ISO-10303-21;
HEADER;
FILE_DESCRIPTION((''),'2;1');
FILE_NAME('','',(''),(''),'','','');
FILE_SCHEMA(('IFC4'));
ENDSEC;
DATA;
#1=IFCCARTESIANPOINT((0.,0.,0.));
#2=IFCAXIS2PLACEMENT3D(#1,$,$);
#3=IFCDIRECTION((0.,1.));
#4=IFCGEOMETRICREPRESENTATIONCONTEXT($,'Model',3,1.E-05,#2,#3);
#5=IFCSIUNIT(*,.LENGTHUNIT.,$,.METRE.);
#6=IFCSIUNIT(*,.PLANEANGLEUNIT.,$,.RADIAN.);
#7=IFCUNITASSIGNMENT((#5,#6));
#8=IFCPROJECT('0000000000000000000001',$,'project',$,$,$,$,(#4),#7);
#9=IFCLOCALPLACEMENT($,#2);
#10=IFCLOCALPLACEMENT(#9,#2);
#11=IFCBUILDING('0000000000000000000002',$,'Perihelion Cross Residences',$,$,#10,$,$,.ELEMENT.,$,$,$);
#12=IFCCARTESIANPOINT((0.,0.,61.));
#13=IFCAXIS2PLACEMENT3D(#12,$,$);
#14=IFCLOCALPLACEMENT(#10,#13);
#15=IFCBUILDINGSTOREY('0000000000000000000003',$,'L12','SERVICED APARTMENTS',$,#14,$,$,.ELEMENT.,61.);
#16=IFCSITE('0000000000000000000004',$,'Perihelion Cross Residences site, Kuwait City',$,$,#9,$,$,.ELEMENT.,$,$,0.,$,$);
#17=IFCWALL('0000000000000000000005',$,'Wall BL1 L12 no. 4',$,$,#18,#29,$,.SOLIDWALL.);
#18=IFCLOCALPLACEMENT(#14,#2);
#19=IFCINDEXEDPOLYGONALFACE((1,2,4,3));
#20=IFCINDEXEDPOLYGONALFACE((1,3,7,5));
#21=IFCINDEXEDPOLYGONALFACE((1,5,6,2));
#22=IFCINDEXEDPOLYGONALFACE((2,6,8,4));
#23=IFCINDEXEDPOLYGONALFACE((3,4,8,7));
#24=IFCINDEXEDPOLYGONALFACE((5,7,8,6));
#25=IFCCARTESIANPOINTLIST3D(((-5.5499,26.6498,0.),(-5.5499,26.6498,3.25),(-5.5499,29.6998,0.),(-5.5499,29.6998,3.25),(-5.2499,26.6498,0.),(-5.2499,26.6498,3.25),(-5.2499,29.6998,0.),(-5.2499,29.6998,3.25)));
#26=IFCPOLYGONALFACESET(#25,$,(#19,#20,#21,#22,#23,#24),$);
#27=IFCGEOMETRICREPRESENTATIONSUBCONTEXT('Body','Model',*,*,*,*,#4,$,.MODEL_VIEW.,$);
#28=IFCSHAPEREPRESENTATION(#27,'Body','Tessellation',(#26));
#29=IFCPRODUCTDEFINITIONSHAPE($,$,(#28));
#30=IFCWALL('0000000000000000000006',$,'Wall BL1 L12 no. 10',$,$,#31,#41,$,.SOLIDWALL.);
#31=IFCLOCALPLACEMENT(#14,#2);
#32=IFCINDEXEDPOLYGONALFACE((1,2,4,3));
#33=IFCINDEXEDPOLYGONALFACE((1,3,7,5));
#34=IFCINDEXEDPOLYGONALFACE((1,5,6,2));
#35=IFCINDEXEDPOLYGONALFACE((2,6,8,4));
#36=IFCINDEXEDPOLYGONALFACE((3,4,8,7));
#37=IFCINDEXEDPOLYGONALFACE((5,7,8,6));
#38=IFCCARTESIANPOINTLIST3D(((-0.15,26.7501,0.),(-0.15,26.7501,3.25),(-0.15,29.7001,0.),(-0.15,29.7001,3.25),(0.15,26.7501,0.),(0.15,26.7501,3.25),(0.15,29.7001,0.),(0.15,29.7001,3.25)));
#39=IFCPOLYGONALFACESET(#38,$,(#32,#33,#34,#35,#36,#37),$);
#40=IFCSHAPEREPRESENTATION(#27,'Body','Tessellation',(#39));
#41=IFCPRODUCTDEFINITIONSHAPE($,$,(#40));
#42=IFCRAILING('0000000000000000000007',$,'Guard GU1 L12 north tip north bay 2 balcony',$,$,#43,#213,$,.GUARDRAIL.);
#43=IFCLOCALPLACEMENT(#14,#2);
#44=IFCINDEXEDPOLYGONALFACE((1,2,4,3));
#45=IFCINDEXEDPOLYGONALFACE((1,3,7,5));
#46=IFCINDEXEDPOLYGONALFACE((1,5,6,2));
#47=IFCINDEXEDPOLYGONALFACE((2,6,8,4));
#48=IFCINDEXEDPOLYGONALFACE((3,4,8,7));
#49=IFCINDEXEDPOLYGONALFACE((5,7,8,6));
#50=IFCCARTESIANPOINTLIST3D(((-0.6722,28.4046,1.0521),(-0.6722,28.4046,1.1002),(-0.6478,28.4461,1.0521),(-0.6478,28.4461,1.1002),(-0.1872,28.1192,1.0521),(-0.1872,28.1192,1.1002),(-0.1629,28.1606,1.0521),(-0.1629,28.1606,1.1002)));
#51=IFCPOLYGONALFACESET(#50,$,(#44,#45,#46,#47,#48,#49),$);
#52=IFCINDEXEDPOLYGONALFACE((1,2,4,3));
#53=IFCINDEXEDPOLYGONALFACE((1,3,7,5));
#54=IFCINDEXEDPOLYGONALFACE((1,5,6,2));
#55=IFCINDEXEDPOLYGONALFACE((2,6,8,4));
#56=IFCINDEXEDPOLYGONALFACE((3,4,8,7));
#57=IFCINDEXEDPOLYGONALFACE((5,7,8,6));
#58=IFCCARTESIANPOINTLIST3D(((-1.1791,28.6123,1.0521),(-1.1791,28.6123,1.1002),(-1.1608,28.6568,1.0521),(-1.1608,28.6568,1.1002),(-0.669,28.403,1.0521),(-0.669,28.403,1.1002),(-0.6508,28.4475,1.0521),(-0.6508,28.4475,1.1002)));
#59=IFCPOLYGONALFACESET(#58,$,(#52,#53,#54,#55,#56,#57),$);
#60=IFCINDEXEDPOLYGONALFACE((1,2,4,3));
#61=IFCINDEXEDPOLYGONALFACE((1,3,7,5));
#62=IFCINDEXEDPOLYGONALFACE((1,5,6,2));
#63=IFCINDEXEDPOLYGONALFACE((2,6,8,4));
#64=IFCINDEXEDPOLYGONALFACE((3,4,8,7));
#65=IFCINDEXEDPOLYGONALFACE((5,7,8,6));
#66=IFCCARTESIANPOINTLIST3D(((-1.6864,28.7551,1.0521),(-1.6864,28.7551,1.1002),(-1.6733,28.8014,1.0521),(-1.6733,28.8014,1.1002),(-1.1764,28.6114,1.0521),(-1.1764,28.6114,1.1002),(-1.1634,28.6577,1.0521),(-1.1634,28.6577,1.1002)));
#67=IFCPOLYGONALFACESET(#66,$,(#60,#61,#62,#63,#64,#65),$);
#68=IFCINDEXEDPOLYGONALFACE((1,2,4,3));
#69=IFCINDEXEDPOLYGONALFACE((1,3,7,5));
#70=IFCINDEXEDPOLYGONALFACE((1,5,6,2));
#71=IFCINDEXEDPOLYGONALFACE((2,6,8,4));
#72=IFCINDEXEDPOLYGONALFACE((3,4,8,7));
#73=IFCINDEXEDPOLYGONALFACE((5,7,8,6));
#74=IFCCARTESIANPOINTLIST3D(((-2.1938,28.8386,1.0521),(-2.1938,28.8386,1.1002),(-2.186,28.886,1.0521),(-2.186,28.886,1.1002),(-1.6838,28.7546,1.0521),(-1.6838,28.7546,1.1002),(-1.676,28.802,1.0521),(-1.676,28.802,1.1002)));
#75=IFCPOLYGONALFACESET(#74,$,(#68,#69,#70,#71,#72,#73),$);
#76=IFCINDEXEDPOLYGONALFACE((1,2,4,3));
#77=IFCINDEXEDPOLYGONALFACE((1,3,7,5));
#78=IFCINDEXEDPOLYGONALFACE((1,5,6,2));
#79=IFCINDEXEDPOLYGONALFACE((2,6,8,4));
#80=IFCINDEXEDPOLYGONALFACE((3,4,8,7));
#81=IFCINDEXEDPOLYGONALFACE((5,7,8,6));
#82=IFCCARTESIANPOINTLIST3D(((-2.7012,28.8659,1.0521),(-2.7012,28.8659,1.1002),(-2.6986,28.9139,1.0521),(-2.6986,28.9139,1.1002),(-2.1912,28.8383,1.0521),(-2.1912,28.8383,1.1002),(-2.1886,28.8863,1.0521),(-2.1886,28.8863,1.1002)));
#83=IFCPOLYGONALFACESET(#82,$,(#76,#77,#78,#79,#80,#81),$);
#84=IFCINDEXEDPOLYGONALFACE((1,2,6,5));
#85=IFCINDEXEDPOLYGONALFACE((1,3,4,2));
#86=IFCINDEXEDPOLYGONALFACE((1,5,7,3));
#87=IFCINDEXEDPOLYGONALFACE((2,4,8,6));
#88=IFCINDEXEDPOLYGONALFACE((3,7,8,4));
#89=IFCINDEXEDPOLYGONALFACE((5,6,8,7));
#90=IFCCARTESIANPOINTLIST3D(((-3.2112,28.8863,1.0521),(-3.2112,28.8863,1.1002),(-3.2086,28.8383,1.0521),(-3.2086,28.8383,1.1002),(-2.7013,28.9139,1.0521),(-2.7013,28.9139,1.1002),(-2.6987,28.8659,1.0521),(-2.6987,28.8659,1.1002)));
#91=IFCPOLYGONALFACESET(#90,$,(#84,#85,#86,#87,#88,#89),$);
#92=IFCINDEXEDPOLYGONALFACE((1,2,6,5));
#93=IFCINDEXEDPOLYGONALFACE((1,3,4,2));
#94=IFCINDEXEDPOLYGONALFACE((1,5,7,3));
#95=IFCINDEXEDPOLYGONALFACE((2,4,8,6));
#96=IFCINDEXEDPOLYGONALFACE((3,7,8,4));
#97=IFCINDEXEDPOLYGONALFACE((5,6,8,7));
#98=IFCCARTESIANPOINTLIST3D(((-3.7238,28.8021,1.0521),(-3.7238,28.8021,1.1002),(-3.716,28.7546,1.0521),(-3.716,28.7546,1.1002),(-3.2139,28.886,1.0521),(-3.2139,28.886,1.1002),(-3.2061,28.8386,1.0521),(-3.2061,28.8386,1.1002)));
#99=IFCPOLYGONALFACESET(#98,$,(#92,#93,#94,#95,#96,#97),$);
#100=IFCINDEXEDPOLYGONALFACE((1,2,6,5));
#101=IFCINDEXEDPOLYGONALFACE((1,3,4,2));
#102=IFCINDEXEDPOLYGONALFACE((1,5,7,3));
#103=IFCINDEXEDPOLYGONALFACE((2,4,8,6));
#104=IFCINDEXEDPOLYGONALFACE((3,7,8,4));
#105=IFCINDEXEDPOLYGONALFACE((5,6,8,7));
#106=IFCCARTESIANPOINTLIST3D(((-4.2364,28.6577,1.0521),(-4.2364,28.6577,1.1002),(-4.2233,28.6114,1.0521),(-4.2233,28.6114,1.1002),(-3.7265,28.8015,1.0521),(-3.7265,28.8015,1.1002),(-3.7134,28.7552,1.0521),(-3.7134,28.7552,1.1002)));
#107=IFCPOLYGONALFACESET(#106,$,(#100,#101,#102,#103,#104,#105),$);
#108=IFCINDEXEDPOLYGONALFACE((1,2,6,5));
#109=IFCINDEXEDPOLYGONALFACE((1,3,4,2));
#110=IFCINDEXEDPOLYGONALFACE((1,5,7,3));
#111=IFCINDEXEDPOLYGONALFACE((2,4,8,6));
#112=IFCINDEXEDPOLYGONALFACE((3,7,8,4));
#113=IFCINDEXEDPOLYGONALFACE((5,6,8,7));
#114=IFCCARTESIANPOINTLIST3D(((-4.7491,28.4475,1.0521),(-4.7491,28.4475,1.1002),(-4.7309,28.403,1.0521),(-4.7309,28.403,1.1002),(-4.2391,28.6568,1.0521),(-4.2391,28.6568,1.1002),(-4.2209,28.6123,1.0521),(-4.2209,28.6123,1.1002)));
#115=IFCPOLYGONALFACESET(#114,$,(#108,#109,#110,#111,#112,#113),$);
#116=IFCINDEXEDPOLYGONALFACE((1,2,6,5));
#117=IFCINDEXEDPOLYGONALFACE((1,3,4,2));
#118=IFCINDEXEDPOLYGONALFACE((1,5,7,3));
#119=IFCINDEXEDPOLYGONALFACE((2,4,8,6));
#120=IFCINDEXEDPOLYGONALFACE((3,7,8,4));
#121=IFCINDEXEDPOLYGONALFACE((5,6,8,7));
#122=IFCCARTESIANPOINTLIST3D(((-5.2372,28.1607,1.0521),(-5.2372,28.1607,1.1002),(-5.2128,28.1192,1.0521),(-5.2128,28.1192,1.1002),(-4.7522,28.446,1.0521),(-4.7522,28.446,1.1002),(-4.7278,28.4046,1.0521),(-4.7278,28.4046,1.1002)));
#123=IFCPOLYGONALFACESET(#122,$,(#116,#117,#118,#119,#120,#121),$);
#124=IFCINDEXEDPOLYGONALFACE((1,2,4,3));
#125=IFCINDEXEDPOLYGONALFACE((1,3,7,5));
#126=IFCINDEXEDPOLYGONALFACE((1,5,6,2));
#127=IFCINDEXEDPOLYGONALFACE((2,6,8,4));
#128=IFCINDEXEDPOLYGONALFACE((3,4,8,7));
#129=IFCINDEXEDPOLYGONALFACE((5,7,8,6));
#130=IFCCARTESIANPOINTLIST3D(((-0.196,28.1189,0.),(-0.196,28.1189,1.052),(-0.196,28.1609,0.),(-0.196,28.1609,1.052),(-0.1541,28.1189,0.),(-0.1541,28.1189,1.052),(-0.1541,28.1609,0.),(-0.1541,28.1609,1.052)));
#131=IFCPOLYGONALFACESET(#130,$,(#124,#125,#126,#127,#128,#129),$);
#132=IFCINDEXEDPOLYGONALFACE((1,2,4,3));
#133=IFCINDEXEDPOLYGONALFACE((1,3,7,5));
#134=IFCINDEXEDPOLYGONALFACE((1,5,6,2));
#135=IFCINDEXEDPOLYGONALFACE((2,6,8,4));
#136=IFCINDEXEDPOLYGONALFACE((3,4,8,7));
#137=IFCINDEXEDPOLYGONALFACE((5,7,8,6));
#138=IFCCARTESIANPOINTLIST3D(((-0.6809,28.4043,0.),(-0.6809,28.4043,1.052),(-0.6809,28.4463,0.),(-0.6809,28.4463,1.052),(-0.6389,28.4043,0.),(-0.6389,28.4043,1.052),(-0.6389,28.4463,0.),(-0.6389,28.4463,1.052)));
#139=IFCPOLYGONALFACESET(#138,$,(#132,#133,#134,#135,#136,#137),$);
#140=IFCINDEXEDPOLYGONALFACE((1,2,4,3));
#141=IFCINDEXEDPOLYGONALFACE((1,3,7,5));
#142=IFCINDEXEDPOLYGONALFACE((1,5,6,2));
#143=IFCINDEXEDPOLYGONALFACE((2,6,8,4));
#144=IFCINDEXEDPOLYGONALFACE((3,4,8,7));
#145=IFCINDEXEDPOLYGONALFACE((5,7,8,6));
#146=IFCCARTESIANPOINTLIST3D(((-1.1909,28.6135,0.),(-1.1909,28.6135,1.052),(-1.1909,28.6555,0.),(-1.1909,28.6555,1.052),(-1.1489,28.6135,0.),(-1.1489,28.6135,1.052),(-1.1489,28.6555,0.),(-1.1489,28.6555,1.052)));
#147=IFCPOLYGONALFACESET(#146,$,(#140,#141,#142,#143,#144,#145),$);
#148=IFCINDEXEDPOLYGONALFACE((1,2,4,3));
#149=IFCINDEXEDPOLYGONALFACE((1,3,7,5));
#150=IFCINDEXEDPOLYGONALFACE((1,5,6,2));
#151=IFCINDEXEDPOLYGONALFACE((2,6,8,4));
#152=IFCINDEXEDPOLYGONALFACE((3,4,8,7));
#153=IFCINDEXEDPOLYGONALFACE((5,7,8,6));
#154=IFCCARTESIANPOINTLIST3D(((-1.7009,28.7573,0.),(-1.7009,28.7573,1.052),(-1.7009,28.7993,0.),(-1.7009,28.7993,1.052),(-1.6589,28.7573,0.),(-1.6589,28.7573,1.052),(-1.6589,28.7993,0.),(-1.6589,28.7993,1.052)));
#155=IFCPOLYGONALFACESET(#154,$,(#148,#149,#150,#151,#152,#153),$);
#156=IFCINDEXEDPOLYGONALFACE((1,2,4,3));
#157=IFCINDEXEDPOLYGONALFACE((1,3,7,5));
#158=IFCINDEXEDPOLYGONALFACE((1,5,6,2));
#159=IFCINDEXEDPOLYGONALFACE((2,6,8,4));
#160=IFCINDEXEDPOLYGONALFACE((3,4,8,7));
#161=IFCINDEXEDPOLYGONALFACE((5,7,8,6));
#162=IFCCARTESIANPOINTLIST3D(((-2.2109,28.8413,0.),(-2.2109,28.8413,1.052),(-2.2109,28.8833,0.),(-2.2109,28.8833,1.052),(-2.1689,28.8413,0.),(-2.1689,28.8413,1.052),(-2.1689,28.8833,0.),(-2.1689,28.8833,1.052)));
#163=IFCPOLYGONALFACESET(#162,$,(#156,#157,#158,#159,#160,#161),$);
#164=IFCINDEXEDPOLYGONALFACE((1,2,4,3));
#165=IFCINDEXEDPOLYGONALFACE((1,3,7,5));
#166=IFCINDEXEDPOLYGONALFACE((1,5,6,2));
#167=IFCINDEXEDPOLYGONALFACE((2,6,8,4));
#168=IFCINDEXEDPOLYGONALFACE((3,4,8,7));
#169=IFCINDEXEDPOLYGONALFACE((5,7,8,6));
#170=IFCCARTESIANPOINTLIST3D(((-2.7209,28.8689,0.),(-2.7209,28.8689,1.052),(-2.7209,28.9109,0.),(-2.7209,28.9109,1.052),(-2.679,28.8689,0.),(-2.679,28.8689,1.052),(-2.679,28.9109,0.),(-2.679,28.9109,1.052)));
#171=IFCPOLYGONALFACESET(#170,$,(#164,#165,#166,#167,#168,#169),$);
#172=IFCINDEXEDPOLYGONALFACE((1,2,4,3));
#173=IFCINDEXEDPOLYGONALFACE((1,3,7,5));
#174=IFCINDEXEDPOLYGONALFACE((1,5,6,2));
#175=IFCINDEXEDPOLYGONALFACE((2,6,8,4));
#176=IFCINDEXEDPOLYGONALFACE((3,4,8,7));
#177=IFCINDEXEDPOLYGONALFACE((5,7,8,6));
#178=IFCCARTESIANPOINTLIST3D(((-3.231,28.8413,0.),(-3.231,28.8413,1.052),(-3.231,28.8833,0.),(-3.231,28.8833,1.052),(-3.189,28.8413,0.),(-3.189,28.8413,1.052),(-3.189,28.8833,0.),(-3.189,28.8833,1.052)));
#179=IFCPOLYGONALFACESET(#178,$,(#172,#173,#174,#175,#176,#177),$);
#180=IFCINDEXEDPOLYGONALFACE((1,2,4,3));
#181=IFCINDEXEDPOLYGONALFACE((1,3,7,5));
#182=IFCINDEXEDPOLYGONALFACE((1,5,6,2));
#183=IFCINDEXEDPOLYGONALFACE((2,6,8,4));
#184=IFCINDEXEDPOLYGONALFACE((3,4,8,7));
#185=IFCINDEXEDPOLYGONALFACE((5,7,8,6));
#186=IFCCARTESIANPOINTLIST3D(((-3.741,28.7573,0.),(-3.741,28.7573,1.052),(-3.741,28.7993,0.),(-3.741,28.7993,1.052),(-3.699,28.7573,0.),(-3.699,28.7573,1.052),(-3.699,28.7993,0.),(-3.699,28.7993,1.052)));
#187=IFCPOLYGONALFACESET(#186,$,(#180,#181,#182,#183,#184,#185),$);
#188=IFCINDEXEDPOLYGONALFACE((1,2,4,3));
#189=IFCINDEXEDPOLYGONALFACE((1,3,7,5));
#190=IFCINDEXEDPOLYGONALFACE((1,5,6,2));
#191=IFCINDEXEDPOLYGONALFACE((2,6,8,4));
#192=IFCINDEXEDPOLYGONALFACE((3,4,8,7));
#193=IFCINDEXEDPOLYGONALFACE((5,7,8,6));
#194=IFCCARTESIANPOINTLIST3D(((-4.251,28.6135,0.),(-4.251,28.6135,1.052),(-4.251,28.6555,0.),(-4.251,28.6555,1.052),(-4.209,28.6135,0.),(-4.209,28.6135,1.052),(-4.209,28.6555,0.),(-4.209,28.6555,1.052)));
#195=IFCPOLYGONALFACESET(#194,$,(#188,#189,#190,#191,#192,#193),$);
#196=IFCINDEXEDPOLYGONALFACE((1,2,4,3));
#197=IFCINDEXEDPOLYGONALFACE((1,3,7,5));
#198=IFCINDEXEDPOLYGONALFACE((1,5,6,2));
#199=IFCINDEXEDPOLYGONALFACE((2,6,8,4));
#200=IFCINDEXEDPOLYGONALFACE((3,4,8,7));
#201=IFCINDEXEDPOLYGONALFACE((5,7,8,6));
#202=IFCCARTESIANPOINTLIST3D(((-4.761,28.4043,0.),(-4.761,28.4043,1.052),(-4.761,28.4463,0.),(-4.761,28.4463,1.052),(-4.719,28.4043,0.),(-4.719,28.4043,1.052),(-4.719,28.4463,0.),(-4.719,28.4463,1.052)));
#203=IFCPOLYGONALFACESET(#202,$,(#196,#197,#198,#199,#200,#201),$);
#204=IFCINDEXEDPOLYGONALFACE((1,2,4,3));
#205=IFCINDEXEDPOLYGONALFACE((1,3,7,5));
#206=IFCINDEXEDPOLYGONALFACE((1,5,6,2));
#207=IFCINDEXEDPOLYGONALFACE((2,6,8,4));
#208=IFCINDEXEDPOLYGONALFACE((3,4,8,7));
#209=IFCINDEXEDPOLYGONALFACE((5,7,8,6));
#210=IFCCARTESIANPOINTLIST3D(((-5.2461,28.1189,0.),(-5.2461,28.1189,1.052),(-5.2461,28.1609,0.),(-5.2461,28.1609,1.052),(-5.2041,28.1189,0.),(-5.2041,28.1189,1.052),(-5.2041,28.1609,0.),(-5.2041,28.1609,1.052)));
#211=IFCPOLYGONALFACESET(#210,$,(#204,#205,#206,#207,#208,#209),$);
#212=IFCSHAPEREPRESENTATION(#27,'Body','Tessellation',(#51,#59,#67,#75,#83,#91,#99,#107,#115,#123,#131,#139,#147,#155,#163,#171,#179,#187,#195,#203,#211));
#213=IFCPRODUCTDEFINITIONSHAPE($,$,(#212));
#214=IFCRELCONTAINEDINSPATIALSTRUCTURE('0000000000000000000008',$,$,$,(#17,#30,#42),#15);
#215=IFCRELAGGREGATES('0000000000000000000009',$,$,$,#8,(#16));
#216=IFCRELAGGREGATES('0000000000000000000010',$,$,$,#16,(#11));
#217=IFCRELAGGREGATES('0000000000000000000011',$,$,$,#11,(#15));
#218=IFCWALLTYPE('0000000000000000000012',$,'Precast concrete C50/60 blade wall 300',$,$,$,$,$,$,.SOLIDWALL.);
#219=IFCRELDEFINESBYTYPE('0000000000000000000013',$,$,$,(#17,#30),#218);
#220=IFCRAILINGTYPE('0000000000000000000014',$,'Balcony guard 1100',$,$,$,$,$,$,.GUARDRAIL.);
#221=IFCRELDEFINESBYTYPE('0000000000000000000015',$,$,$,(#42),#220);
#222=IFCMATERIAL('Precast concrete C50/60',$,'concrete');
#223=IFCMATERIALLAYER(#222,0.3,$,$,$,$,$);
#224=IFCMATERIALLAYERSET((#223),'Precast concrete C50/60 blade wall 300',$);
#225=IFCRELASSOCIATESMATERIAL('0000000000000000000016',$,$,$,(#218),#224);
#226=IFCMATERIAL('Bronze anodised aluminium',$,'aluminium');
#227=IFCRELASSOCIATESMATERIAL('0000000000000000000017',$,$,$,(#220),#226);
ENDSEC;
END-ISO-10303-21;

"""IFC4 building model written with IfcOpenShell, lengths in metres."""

from ifc_helpers import new_model, si_unit, direction, frame, frame_2d, origin, origin_2d, place, context, subcontext, project, spatial, rectangle, extrude, material, layer, layer_set, type_object, element, save


model = new_model("IFC4")

# Units and contexts
model_context = context("Model", 3, precision=1e-05, world=origin(), true_north=direction((0.0, 1.0)))
body_context = subcontext(model_context, "Body", "Model", "MODEL_VIEW")
ifc_project = project(units=[si_unit("LENGTHUNIT", "METRE"), si_unit("PLANEANGLEUNIT", "RADIAN")], contexts=[model_context])

# Site, building, storey
site_placement = place(None, origin())
site = spatial("IfcSite", under=ifc_project, at=site_placement, Name="Perihelion Cross Residences site, Kuwait City", CompositionType="ELEMENT", RefElevation=0.0)
building_placement = place(site_placement, origin())
building = spatial("IfcBuilding", under=site, at=building_placement, Name="Perihelion Cross Residences", CompositionType="ELEMENT")
storey_placement = place(building_placement, frame((0.0, 0.0, 61.0)))
storey = spatial("IfcBuildingStorey", under=building, at=storey_placement, Name="L12", Description="SERVICED APARTMENTS", CompositionType="ELEMENT", Elevation=61.0)

# Walls
ifc_material_1 = material(Name="Precast concrete C50/60", Category="concrete")
ifc_layer_1 = layer(ifc_material_1, 0.3)
ifc_layer_set_1 = layer_set([ifc_layer_1], Name="Precast concrete C50/60 blade wall 300")
wall_type_1 = type_object("IfcWallType", Name="Precast concrete C50/60 blade wall 300", PredefinedType="SOLIDWALL", material=ifc_layer_set_1)
wall_1_placement = place(storey_placement, frame((-5.3999, 26.6499, 0.0), z_axis=(0.0, 0.0, 1.0), x_axis=(0.0, 1.0, 0.0)))
element("IfcWall", 1, at=wall_1_placement, inside=storey, type_object=wall_type_1, Name="Wall BL1 L12 no. 4", PredefinedType="SOLIDWALL", context=body_context, shape_type="SweptSolid", body=[
    extrude(rectangle(XDim=3.05, YDim=0.3, at=frame_2d((1.5249, 0.0))), origin(), (0.0, 0.0, 1.0), 3.25),
])
wall_2_placement = place(storey_placement, frame((0.0, 26.75, 0.0), z_axis=(0.0, 0.0, 1.0), x_axis=(0.0, 1.0, 0.0)))
element("IfcWall", 2, at=wall_2_placement, inside=storey, type_object=wall_type_1, Name="Wall BL1 L12 no. 10", PredefinedType="SOLIDWALL", context=body_context, shape_type="SweptSolid", body=[
    extrude(rectangle(XDim=2.95, YDim=0.3, at=frame_2d((1.4751, 0.0))), origin(), (0.0, 0.0, 1.0), 3.25),
])

# Railing
ifc_material_2 = material(Name="Bronze anodised aluminium", Category="aluminium")
railing_type = type_object("IfcRailingType", Name="Balcony guard 1100", PredefinedType="GUARDRAIL", material=ifc_material_2)
railing_placement = place(storey_placement, frame((-0.175, 28.1399, 0.0)))
element("IfcRailing", 3, at=railing_placement, inside=storey, type_object=railing_type, Name="Guard GU1 L12 north tip north bay 2 balcony", PredefinedType="GUARDRAIL", context=body_context, shape_type="SweptSolid", body=[
    extrude(rectangle(XDim=0.0481, YDim=0.0481, at=origin_2d()), frame((0.0, 0.0, 1.0762), z_axis=(-0.861789, 0.507267, 0.0), x_axis=(-0.507267, -0.861789, 0.0)), (0.0, 0.0, 1.0), 0.5627),
    extrude(rectangle(XDim=0.0481, YDim=0.0481, at=origin_2d()), frame((-0.4849, 0.2854, 1.0762), z_axis=(-0.925173, 0.379547, 0.0), x_axis=(-0.379547, -0.925173, 0.0)), (0.0, 0.0, 1.0), 0.5513),
    extrude(rectangle(XDim=0.0481, YDim=0.0481, at=origin_2d()), frame((-0.9949, 0.4946, 1.0762), z_axis=(-0.962474, 0.271373, 0.0), x_axis=(-0.271373, -0.962474, 0.0)), (0.0, 0.0, 1.0), 0.5298),
    extrude(rectangle(XDim=0.0481, YDim=0.0481, at=origin_2d()), frame((-1.5049, 0.6384, 1.0762), z_axis=(-0.986711, 0.162484, 0.0), x_axis=(-0.162484, -0.986711, 0.0)), (0.0, 0.0, 1.0), 0.5168),
    extrude(rectangle(XDim=0.0481, YDim=0.0481, at=origin_2d()), frame((-2.0149, 0.7224, 1.0762), z_axis=(-0.99854, 0.054014, 0.0), x_axis=(-0.054014, -0.99854, 0.0)), (0.0, 0.0, 1.0), 0.5107),
    extrude(rectangle(XDim=0.0481, YDim=0.0481, at=origin_2d()), frame((-2.5249, 0.75, 1.0762), z_axis=(-0.99854, -0.054014, 0.0), x_axis=(0.054014, -0.99854, 0.0)), (0.0, 0.0, 1.0), 0.5107),
    extrude(rectangle(XDim=0.0481, YDim=0.0481, at=origin_2d()), frame((-3.0349, 0.7224, 1.0762), z_axis=(-0.986711, -0.162484, 0.0), x_axis=(0.162484, -0.986711, 0.0)), (0.0, 0.0, 1.0), 0.5168),
    extrude(rectangle(XDim=0.0481, YDim=0.0481, at=origin_2d()), frame((-3.5449, 0.6384, 1.0762), z_axis=(-0.962474, -0.271373, 0.0), x_axis=(0.271373, -0.962474, 0.0)), (0.0, 0.0, 1.0), 0.5298),
    extrude(rectangle(XDim=0.0481, YDim=0.0481, at=origin_2d()), frame((-4.0549, 0.4946, 1.0762), z_axis=(-0.925173, -0.379547, 0.0), x_axis=(0.379547, -0.925173, 0.0)), (0.0, 0.0, 1.0), 0.5513),
    extrude(rectangle(XDim=0.0481, YDim=0.0481, at=origin_2d()), frame((-4.5649, 0.2854, 1.0762), z_axis=(-0.861901, -0.507077, 0.0), x_axis=(0.507077, -0.861901, 0.0)), (0.0, 0.0, 1.0), 0.5627),
    extrude(rectangle(XDim=0.042, YDim=0.042, at=origin_2d()), origin(), (0.0, 0.0, 1.0), 1.052),
    extrude(rectangle(XDim=0.042, YDim=0.042, at=origin_2d()), frame((-0.4849, 0.2854, 0.0)), (0.0, 0.0, 1.0), 1.052),
    extrude(rectangle(XDim=0.042, YDim=0.042, at=origin_2d()), frame((-0.9949, 0.4946, 0.0)), (0.0, 0.0, 1.0), 1.052),
    extrude(rectangle(XDim=0.042, YDim=0.042, at=origin_2d()), frame((-1.5049, 0.6384, 0.0)), (0.0, 0.0, 1.0), 1.052),
    extrude(rectangle(XDim=0.042, YDim=0.042, at=origin_2d()), frame((-2.0149, 0.7224, 0.0)), (0.0, 0.0, 1.0), 1.052),
    extrude(rectangle(XDim=0.042, YDim=0.042, at=origin_2d()), frame((-2.5249, 0.75, 0.0)), (0.0, 0.0, 1.0), 1.052),
    extrude(rectangle(XDim=0.042, YDim=0.042, at=origin_2d()), frame((-3.0349, 0.7224, 0.0)), (0.0, 0.0, 1.0), 1.052),
    extrude(rectangle(XDim=0.042, YDim=0.042, at=origin_2d()), frame((-3.5449, 0.6384, 0.0)), (0.0, 0.0, 1.0), 1.052),
    extrude(rectangle(XDim=0.042, YDim=0.042, at=origin_2d()), frame((-4.0549, 0.4946, 0.0)), (0.0, 0.0, 1.0), 1.052),
    extrude(rectangle(XDim=0.042, YDim=0.042, at=origin_2d()), frame((-4.5649, 0.2854, 0.0)), (0.0, 0.0, 1.0), 1.052),
    extrude(rectangle(XDim=0.042, YDim=0.042, at=origin_2d()), frame((-5.05, 0.0, 0.0)), (0.0, 0.0, 1.0), 1.052),
])

save(model, "model.ifc")
